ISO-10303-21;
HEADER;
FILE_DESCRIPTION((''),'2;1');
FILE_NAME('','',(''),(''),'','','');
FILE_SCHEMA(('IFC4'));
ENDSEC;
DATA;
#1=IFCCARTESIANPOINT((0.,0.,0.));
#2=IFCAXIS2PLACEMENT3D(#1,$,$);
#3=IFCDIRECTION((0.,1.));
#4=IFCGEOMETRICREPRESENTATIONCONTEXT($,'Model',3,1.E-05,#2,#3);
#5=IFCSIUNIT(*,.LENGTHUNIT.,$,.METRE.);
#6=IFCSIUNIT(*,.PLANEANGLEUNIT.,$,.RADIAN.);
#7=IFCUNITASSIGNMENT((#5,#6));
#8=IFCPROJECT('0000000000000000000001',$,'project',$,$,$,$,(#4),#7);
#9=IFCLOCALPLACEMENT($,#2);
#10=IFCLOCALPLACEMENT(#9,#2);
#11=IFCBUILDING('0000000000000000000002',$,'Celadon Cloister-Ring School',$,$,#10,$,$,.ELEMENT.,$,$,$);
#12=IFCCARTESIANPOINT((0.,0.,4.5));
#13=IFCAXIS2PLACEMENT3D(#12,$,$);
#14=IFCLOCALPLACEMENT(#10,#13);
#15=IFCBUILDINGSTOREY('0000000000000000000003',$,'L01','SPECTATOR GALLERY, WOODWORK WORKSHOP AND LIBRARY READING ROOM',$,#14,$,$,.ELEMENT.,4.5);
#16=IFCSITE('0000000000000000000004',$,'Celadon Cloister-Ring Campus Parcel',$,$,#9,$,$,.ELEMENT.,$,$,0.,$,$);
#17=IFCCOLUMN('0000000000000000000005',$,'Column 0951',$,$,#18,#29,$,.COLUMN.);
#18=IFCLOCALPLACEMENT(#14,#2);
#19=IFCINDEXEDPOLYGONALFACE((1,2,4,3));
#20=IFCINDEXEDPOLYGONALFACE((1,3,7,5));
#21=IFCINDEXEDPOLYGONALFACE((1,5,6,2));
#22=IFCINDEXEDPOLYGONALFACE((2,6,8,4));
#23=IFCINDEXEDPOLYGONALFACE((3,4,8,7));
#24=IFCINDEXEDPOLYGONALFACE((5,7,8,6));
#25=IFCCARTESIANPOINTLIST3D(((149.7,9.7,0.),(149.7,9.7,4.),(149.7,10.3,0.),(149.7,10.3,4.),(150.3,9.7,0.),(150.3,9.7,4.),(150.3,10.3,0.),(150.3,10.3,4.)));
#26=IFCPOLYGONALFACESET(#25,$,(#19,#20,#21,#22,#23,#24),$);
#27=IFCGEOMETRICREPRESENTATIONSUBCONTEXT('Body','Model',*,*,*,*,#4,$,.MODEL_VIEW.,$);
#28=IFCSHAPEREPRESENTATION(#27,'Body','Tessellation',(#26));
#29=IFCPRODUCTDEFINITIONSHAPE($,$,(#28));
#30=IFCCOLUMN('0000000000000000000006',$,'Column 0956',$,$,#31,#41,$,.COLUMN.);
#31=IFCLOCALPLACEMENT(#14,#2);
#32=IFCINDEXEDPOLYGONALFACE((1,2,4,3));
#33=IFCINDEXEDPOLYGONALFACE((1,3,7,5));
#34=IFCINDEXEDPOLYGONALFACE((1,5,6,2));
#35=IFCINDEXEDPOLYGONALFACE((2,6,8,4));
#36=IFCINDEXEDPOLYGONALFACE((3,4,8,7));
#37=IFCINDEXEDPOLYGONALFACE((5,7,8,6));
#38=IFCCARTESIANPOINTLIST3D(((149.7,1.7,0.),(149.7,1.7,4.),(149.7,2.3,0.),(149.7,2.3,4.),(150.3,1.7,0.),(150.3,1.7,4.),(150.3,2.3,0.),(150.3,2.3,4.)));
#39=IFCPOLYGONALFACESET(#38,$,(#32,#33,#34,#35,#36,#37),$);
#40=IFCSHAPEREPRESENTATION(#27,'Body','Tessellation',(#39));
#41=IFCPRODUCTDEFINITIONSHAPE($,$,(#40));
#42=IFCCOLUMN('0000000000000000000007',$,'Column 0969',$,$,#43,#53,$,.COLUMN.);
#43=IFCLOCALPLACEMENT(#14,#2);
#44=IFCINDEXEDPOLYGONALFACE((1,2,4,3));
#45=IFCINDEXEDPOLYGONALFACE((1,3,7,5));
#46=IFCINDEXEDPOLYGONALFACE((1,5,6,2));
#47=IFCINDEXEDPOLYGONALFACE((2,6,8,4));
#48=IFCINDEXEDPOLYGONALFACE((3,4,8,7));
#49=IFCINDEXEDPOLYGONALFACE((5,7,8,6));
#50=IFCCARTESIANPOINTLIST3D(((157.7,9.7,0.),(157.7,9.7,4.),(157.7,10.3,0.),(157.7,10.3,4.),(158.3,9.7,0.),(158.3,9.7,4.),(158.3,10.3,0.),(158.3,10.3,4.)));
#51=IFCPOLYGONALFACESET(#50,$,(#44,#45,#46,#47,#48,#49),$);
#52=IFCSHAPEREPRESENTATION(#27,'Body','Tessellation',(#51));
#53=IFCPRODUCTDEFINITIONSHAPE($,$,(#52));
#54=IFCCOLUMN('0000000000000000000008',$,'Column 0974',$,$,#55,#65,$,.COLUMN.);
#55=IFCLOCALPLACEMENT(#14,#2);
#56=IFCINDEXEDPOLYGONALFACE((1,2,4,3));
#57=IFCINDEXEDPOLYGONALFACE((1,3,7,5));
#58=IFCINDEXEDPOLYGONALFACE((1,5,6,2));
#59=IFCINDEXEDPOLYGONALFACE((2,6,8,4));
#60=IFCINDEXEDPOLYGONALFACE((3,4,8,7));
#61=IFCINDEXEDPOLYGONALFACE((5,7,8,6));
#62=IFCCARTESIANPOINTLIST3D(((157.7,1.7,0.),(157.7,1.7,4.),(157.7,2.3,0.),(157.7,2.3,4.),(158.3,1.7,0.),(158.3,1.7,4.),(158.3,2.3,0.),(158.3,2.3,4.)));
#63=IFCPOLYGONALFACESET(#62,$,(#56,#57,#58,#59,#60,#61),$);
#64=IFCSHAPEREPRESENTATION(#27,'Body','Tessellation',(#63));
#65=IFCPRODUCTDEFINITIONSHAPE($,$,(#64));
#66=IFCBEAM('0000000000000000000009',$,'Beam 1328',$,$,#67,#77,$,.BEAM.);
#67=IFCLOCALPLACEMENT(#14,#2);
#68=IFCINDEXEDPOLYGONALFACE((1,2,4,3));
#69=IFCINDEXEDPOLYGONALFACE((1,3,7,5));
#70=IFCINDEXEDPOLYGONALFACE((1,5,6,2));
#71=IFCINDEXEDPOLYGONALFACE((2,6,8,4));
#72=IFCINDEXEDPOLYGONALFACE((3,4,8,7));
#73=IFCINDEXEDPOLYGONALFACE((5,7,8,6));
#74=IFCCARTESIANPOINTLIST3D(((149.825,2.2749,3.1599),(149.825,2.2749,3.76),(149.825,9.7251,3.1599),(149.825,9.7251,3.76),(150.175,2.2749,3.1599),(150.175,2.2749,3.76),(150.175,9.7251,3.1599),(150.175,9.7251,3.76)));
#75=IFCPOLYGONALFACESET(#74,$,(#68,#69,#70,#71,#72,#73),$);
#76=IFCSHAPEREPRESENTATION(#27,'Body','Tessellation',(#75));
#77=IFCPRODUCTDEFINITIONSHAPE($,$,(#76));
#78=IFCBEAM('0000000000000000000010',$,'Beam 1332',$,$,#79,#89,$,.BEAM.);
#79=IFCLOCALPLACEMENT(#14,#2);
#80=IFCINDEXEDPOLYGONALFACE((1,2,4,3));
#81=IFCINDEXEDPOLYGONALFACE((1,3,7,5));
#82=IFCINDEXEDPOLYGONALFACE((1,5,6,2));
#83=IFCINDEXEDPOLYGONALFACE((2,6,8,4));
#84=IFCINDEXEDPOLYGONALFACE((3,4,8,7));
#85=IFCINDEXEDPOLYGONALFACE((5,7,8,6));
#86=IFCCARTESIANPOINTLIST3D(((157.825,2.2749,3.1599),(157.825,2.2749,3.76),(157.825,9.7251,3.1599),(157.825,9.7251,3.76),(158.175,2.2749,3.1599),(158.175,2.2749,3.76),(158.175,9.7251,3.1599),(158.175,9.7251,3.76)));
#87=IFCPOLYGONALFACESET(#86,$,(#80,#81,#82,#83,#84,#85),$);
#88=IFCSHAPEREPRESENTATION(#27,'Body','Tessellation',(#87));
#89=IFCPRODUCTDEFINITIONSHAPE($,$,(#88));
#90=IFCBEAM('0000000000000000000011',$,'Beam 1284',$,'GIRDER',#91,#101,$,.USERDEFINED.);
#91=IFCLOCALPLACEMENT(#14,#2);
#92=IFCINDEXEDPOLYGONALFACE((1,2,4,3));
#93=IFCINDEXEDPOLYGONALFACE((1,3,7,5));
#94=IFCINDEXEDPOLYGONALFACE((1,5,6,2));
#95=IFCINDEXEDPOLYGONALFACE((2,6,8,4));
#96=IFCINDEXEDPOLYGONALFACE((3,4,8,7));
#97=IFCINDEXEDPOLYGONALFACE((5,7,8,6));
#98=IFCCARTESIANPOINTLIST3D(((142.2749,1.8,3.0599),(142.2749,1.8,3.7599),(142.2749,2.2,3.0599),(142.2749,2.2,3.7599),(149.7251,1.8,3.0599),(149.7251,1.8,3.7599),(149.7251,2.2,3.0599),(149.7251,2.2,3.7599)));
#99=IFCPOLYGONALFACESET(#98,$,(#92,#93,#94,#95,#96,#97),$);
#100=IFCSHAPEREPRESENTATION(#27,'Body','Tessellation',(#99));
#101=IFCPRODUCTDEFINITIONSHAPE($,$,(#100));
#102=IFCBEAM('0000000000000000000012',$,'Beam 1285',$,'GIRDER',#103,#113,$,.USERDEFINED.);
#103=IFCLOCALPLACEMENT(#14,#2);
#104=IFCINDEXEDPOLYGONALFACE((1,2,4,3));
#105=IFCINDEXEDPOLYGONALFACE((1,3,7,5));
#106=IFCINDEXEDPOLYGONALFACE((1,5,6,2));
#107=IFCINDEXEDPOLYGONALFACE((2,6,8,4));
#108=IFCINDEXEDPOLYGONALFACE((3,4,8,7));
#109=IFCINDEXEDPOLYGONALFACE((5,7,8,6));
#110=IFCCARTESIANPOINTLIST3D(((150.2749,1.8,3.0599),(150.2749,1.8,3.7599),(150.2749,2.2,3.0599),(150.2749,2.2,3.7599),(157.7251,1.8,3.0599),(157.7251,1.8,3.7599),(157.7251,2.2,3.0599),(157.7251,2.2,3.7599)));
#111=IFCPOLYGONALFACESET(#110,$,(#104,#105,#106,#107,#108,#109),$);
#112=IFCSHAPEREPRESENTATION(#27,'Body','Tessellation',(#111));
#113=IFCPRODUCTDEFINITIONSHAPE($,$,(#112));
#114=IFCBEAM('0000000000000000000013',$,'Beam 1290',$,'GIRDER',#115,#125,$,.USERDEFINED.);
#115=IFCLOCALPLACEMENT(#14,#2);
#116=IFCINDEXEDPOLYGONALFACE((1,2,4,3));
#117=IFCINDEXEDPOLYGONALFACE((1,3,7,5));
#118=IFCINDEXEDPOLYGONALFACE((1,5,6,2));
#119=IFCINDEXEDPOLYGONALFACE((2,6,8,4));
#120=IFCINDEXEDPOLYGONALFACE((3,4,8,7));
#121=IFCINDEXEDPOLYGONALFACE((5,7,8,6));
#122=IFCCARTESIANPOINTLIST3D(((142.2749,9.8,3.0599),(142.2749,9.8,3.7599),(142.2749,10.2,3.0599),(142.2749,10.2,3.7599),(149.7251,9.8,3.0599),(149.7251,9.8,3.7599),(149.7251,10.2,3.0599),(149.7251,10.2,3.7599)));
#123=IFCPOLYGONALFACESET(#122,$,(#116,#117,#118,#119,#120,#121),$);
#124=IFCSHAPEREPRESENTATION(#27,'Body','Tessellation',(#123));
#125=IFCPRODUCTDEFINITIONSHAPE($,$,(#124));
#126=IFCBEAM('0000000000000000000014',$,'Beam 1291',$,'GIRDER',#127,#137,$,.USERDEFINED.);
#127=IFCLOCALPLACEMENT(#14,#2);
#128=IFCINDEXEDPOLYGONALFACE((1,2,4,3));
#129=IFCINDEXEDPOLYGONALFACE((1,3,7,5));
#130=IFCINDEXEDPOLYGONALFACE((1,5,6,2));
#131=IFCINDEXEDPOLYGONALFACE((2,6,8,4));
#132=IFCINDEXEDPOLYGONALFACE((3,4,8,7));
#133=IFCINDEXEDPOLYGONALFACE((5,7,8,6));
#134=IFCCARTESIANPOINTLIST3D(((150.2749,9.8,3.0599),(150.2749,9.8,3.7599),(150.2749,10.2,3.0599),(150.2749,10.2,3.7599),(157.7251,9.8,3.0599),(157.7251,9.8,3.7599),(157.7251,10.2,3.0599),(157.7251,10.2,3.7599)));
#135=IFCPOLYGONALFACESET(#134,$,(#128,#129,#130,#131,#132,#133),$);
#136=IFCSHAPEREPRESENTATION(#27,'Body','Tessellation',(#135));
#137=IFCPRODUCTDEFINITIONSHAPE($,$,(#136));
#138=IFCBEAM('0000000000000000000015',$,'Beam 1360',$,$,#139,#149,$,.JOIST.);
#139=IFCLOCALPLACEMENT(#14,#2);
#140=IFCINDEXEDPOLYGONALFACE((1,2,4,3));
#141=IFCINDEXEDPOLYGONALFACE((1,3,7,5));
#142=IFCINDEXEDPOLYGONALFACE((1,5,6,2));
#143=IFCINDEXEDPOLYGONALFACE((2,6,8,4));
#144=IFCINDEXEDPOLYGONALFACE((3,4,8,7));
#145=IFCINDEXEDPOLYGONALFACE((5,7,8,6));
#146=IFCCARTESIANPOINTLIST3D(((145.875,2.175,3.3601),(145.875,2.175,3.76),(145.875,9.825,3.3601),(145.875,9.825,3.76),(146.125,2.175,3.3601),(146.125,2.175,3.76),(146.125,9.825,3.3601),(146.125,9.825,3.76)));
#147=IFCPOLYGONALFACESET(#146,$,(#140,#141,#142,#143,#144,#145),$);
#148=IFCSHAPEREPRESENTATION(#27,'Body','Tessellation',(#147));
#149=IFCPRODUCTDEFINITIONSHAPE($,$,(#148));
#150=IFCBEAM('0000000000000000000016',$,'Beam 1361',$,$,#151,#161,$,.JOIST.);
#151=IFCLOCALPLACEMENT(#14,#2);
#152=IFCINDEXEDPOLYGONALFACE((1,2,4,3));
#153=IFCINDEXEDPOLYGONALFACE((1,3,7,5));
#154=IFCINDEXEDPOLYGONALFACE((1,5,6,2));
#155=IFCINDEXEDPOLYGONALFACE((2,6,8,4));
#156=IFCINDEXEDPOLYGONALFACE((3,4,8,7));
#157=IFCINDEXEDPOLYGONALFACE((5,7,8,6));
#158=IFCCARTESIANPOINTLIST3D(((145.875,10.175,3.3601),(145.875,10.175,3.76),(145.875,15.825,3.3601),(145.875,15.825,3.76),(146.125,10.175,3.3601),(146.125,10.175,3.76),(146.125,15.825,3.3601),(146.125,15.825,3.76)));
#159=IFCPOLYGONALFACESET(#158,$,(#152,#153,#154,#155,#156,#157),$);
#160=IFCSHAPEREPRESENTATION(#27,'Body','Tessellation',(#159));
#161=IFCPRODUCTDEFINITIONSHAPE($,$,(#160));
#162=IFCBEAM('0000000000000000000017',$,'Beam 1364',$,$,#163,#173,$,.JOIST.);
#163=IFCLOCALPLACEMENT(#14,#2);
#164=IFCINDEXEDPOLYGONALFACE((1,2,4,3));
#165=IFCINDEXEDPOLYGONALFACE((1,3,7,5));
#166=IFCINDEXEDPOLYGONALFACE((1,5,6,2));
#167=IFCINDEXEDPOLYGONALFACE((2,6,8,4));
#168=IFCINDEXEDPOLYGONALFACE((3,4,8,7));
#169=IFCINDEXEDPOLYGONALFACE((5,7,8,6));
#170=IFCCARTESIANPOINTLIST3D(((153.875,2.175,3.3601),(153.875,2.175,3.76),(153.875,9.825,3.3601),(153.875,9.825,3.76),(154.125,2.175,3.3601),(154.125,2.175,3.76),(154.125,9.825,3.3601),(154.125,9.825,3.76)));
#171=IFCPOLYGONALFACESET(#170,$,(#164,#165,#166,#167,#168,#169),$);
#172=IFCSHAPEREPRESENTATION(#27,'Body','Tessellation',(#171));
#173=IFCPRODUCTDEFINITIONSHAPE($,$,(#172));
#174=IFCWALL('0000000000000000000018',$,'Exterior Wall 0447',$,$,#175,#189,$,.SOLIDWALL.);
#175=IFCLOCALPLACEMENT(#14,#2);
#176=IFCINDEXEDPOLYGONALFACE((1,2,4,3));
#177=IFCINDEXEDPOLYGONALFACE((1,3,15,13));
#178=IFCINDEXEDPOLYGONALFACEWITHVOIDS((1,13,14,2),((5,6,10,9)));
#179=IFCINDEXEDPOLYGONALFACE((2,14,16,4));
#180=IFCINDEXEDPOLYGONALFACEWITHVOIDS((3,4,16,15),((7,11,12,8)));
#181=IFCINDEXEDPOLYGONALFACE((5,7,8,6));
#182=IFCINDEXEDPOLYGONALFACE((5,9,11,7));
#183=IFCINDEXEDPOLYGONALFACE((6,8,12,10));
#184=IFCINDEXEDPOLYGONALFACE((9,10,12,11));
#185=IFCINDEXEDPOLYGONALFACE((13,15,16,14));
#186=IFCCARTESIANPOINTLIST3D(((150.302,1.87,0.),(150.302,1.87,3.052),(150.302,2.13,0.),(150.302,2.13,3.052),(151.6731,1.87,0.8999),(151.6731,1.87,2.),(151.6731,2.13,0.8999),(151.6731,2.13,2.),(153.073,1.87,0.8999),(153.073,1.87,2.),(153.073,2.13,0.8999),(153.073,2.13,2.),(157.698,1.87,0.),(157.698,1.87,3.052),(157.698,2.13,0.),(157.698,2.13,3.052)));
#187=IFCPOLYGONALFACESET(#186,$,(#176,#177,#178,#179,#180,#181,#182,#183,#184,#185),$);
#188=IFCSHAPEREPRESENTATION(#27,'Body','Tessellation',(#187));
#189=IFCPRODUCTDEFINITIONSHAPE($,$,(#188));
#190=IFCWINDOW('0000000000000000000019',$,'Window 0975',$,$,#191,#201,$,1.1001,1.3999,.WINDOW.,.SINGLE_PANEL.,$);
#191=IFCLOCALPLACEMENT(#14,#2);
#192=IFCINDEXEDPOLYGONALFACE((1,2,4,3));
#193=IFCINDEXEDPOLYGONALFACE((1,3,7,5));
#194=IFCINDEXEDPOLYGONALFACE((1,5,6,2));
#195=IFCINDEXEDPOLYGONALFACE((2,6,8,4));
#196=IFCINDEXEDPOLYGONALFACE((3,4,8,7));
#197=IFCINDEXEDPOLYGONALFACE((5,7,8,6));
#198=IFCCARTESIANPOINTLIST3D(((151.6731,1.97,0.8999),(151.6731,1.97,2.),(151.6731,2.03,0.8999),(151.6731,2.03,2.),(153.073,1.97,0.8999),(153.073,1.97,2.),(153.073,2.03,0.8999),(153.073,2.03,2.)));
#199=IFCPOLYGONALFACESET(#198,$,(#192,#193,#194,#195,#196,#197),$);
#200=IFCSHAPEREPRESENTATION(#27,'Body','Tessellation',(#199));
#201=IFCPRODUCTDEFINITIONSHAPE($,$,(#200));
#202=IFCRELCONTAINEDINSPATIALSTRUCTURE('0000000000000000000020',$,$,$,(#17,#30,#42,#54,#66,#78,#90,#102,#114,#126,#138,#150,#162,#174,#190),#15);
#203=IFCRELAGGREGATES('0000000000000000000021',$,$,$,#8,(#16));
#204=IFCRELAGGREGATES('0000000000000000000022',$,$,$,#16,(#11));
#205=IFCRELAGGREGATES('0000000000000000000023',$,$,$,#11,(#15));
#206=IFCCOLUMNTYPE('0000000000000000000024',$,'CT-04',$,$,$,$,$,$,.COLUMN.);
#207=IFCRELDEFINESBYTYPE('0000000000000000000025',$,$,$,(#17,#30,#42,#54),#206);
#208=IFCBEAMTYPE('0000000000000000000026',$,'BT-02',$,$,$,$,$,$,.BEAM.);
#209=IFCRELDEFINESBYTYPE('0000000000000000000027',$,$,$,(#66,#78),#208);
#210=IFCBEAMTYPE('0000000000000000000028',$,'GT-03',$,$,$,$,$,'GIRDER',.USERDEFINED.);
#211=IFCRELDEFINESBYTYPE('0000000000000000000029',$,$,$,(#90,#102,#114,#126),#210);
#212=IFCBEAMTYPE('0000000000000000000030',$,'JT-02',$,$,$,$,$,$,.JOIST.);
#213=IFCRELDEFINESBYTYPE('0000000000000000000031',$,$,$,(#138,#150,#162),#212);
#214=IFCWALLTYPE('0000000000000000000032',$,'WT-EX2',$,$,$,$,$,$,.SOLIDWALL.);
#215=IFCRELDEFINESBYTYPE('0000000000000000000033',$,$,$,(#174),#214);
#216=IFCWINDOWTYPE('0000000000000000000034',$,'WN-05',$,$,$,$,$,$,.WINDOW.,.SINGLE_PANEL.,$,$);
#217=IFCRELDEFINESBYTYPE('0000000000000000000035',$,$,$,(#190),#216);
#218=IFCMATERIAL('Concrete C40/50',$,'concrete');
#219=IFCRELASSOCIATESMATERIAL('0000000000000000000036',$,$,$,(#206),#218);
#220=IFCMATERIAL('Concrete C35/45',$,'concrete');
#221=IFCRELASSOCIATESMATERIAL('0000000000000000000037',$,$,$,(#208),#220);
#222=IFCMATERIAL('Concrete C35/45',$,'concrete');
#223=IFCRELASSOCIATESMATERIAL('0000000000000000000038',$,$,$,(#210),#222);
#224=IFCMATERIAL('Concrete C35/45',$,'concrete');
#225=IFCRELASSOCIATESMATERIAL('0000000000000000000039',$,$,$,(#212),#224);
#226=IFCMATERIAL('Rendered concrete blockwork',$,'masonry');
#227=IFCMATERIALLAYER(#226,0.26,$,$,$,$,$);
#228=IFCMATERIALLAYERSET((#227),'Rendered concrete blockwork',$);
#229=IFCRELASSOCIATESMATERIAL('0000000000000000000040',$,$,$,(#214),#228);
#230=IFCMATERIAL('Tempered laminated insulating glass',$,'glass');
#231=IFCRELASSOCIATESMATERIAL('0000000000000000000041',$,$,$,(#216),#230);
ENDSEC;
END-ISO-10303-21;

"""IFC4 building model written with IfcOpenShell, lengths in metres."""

from ifc_helpers import new_model, si_unit, direction, frame, frame_2d, origin, origin_2d, place, context, subcontext, project, spatial, rectangle, extrude, material, layer, layer_set, material_profile, profile_set, type_object, element, fill, save


model = new_model("IFC4")

# Units and contexts
model_context = context("Model", 3, precision=1e-05, world=origin(), true_north=direction((0.0, 1.0)))
body_context = subcontext(model_context, "Body", "Model", "MODEL_VIEW")
ifc_project = project(units=[si_unit("LENGTHUNIT", "METRE"), si_unit("PLANEANGLEUNIT", "RADIAN")], contexts=[model_context])

# Site, building, storey
site_placement = place(None, origin())
site = spatial("IfcSite", under=ifc_project, at=site_placement, Name="Celadon Cloister-Ring Campus Parcel", CompositionType="ELEMENT", RefElevation=0.0)
building_placement = place(site_placement, origin())
building = spatial("IfcBuilding", under=site, at=building_placement, Name="Celadon Cloister-Ring School", CompositionType="ELEMENT")
storey_placement = place(building_placement, frame((0.0, 0.0, 4.5)))
storey = spatial("IfcBuildingStorey", under=building, at=storey_placement, Name="L01", Description="SPECTATOR GALLERY, WOODWORK WORKSHOP AND LIBRARY READING ROOM", CompositionType="ELEMENT", Elevation=4.5)

# Columns
ifc_material_1 = material(Name="Concrete C40/50", Category="concrete")
ifc_material_profile_1 = material_profile(ifc_material_1, rectangle(XDim=0.6001, YDim=0.6001, at=origin_2d()), Name="RC600X600")
ifc_profile_set_1 = profile_set([ifc_material_profile_1], Name="Concrete C40/50")
column_type = type_object("IfcColumnType", Name="CT-04", PredefinedType="COLUMN", material=ifc_profile_set_1)
for number, where, z_axis, x_axis, name in (
    (1, (150.0, 10.0, 0.0), (0.0, 0.0, 1.0), (1.0, 0.0, 0.0), "Column 0951"),
    (2, (150.0, 2.0, 0.0), (0.0, 0.0, 1.0), (1.0, 0.0, 0.0), "Column 0956"),
    (3, (158.0, 10.0, 0.0), (0.0, 0.0, 1.0), (1.0, 0.0, 0.0), "Column 0969"),
    (4, (158.0, 2.0, 0.0), (0.0, 0.0, 1.0), (1.0, 0.0, 0.0), "Column 0974"),
):
    element("IfcColumn", number, at=place(storey_placement, frame(where, z_axis=z_axis, x_axis=x_axis)), inside=storey, type_object=column_type, Name=name, PredefinedType="COLUMN", context=body_context, shape_type="SweptSolid", body=[
        extrude(rectangle(XDim=0.6001, YDim=0.6001, at=origin_2d()), origin(), (0.0, 0.0, 1.0), 4.0),
    ])

# Beams
ifc_material_2 = material(Name="Concrete C35/45", Category="concrete")
ifc_material_profile_2 = material_profile(ifc_material_2, rectangle(XDim=0.3501, YDim=0.6001, at=origin_2d()), Name="RC350X600")
ifc_profile_set_2 = profile_set([ifc_material_profile_2], Name="Concrete C35/45")
beam_type_1 = type_object("IfcBeamType", Name="BT-02", PredefinedType="BEAM", material=ifc_profile_set_2)
for number, where, z_axis, x_axis, name in (
    (5, (150.0, 2.2749, 3.46), (0.0, 1.0, 0.0), (-1.0, 0.0, 0.0), "Beam 1328"),
    (6, (158.0, 2.2749, 3.46), (0.0, 1.0, 0.0), (-1.0, 0.0, 0.0), "Beam 1332"),
):
    element("IfcBeam", number, at=place(storey_placement, frame(where, z_axis=z_axis, x_axis=x_axis)), inside=storey, type_object=beam_type_1, Name=name, PredefinedType="BEAM", context=body_context, shape_type="SweptSolid", body=[
        extrude(rectangle(XDim=0.3501, YDim=0.6001, at=origin_2d()), origin(), (0.0, 0.0, 1.0), 7.4502),
    ])
ifc_material_3 = material(Name="Concrete C35/45", Category="concrete")
ifc_material_profile_3 = material_profile(ifc_material_3, rectangle(XDim=0.3999, YDim=0.7, at=origin_2d()), Name="RC400X700")
ifc_profile_set_3 = profile_set([ifc_material_profile_3], Name="Concrete C35/45")
beam_type_2 = type_object("IfcBeamType", Name="GT-03", ElementType="GIRDER", PredefinedType="USERDEFINED", material=ifc_profile_set_3)
for number, where, z_axis, x_axis, name in (
    (7, (142.2749, 2.0, 3.4099), (1.0, 0.0, 0.0), (0.0, 1.0, 0.0), "Beam 1284"),
    (8, (150.2749, 2.0, 3.4099), (1.0, 0.0, 0.0), (0.0, 1.0, 0.0), "Beam 1285"),
    (9, (142.2749, 10.0, 3.4099), (1.0, 0.0, 0.0), (0.0, 1.0, 0.0), "Beam 1290"),
    (10, (150.2749, 10.0, 3.4099), (1.0, 0.0, 0.0), (0.0, 1.0, 0.0), "Beam 1291"),
):
    element("IfcBeam", number, at=place(storey_placement, frame(where, z_axis=z_axis, x_axis=x_axis)), inside=storey, type_object=beam_type_2, Name=name, ObjectType="GIRDER", PredefinedType="USERDEFINED", context=body_context, shape_type="SweptSolid", body=[
        extrude(rectangle(XDim=0.3999, YDim=0.7, at=origin_2d()), origin(), (0.0, 0.0, 1.0), 7.4502),
    ])
ifc_material_4 = material(Name="Concrete C35/45", Category="concrete")
ifc_material_profile_4 = material_profile(ifc_material_4, rectangle(XDim=0.25, YDim=0.3999, at=origin_2d()), Name="RC250X400")
ifc_profile_set_4 = profile_set([ifc_material_profile_4], Name="Concrete C35/45")
beam_type_3 = type_object("IfcBeamType", Name="JT-02", PredefinedType="JOIST", material=ifc_profile_set_4)
beam_1_placement = place(storey_placement, frame((146.0, 2.175, 3.5601), z_axis=(0.0, 1.0, 0.0), x_axis=(-1.0, 0.0, 0.0)))
element("IfcBeam", 11, at=beam_1_placement, inside=storey, type_object=beam_type_3, Name="Beam 1360", PredefinedType="JOIST", context=body_context, shape_type="SweptSolid", body=[
    extrude(rectangle(XDim=0.25, YDim=0.3999, at=origin_2d()), origin(), (0.0, 0.0, 1.0), 7.6499),
])
beam_2_placement = place(storey_placement, frame((146.0, 10.175, 3.5601), z_axis=(0.0, 1.0, 0.0), x_axis=(-1.0, 0.0, 0.0)))
element("IfcBeam", 12, at=beam_2_placement, inside=storey, type_object=beam_type_3, Name="Beam 1361", PredefinedType="JOIST", context=body_context, shape_type="SweptSolid", body=[
    extrude(rectangle(XDim=0.25, YDim=0.3999, at=origin_2d()), origin(), (0.0, 0.0, 1.0), 5.6499),
])
beam_3_placement = place(storey_placement, frame((154.0, 2.175, 3.5601), z_axis=(0.0, 1.0, 0.0), x_axis=(-1.0, 0.0, 0.0)))
element("IfcBeam", 13, at=beam_3_placement, inside=storey, type_object=beam_type_3, Name="Beam 1364", PredefinedType="JOIST", context=body_context, shape_type="SweptSolid", body=[
    extrude(rectangle(XDim=0.25, YDim=0.3999, at=origin_2d()), origin(), (0.0, 0.0, 1.0), 7.6499),
])

# Wall, opening, window
ifc_material_5 = material(Name="Rendered concrete blockwork", Category="masonry")
ifc_layer_1 = layer(ifc_material_5, 0.26)
ifc_layer_set_1 = layer_set([ifc_layer_1], Name="Rendered concrete blockwork")
wall_type_1 = type_object("IfcWallType", Name="WT-EX2", PredefinedType="SOLIDWALL", material=ifc_layer_set_1)
wall_1_placement = place(storey_placement, frame((157.698, 2.0, 0.0), z_axis=(0.0, 0.0, 1.0), x_axis=(-1.0, 0.0, 0.0)))
wall_1 = element("IfcWall", 14, at=wall_1_placement, inside=storey, type_object=wall_type_1, Name="Exterior Wall 0447", PredefinedType="SOLIDWALL", context=body_context, shape_type="SweptSolid", body=[
    extrude(rectangle(XDim=7.396, YDim=0.26, at=frame_2d((3.698, 0.0))), origin(), (0.0, 0.0, 1.0), 3.052),
])
opening_1_placement = place(wall_1_placement, frame((4.625, 0.0, 0.8999)))
opening_1 = element("IfcOpeningElement", 15, at=opening_1_placement, cuts=wall_1, PredefinedType="OPENING", context=body_context, shape_type="SweptSolid", body=[
    extrude(rectangle(XDim=1.3999, YDim=1.1001, at=frame_2d((0.7, 0.55))), frame((0.0, 0.1401, 0.0), z_axis=(0.0, -1.0, 0.0), x_axis=(1.0, 0.0, 0.0)), (0.0, 0.0, 1.0), 0.28),
])
ifc_material_6 = material(Name="Tempered laminated insulating glass", Category="glass")
window_type_1 = type_object("IfcWindowType", Name="WN-05", PartitioningType="SINGLE_PANEL", PredefinedType="WINDOW", material=ifc_material_6)
window_1_placement = place(opening_1_placement, origin())
window_1 = element("IfcWindow", 16, at=window_1_placement, inside=storey, type_object=window_type_1, Name="Window 0975", OverallHeight=1.1001, OverallWidth=1.3999, PartitioningType="SINGLE_PANEL", PredefinedType="WINDOW", context=body_context, shape_type="SweptSolid", body=[
    extrude(rectangle(XDim=1.3999, YDim=1.1001, at=frame_2d((0.7, 0.55))), frame((0.0, 0.03, 0.0), z_axis=(0.0, -1.0, 0.0), x_axis=(1.0, 0.0, 0.0)), (0.0, 0.0, 1.0), 0.0601),
])
fill(opening_1, window_1)

save(model, "model.ifc")
